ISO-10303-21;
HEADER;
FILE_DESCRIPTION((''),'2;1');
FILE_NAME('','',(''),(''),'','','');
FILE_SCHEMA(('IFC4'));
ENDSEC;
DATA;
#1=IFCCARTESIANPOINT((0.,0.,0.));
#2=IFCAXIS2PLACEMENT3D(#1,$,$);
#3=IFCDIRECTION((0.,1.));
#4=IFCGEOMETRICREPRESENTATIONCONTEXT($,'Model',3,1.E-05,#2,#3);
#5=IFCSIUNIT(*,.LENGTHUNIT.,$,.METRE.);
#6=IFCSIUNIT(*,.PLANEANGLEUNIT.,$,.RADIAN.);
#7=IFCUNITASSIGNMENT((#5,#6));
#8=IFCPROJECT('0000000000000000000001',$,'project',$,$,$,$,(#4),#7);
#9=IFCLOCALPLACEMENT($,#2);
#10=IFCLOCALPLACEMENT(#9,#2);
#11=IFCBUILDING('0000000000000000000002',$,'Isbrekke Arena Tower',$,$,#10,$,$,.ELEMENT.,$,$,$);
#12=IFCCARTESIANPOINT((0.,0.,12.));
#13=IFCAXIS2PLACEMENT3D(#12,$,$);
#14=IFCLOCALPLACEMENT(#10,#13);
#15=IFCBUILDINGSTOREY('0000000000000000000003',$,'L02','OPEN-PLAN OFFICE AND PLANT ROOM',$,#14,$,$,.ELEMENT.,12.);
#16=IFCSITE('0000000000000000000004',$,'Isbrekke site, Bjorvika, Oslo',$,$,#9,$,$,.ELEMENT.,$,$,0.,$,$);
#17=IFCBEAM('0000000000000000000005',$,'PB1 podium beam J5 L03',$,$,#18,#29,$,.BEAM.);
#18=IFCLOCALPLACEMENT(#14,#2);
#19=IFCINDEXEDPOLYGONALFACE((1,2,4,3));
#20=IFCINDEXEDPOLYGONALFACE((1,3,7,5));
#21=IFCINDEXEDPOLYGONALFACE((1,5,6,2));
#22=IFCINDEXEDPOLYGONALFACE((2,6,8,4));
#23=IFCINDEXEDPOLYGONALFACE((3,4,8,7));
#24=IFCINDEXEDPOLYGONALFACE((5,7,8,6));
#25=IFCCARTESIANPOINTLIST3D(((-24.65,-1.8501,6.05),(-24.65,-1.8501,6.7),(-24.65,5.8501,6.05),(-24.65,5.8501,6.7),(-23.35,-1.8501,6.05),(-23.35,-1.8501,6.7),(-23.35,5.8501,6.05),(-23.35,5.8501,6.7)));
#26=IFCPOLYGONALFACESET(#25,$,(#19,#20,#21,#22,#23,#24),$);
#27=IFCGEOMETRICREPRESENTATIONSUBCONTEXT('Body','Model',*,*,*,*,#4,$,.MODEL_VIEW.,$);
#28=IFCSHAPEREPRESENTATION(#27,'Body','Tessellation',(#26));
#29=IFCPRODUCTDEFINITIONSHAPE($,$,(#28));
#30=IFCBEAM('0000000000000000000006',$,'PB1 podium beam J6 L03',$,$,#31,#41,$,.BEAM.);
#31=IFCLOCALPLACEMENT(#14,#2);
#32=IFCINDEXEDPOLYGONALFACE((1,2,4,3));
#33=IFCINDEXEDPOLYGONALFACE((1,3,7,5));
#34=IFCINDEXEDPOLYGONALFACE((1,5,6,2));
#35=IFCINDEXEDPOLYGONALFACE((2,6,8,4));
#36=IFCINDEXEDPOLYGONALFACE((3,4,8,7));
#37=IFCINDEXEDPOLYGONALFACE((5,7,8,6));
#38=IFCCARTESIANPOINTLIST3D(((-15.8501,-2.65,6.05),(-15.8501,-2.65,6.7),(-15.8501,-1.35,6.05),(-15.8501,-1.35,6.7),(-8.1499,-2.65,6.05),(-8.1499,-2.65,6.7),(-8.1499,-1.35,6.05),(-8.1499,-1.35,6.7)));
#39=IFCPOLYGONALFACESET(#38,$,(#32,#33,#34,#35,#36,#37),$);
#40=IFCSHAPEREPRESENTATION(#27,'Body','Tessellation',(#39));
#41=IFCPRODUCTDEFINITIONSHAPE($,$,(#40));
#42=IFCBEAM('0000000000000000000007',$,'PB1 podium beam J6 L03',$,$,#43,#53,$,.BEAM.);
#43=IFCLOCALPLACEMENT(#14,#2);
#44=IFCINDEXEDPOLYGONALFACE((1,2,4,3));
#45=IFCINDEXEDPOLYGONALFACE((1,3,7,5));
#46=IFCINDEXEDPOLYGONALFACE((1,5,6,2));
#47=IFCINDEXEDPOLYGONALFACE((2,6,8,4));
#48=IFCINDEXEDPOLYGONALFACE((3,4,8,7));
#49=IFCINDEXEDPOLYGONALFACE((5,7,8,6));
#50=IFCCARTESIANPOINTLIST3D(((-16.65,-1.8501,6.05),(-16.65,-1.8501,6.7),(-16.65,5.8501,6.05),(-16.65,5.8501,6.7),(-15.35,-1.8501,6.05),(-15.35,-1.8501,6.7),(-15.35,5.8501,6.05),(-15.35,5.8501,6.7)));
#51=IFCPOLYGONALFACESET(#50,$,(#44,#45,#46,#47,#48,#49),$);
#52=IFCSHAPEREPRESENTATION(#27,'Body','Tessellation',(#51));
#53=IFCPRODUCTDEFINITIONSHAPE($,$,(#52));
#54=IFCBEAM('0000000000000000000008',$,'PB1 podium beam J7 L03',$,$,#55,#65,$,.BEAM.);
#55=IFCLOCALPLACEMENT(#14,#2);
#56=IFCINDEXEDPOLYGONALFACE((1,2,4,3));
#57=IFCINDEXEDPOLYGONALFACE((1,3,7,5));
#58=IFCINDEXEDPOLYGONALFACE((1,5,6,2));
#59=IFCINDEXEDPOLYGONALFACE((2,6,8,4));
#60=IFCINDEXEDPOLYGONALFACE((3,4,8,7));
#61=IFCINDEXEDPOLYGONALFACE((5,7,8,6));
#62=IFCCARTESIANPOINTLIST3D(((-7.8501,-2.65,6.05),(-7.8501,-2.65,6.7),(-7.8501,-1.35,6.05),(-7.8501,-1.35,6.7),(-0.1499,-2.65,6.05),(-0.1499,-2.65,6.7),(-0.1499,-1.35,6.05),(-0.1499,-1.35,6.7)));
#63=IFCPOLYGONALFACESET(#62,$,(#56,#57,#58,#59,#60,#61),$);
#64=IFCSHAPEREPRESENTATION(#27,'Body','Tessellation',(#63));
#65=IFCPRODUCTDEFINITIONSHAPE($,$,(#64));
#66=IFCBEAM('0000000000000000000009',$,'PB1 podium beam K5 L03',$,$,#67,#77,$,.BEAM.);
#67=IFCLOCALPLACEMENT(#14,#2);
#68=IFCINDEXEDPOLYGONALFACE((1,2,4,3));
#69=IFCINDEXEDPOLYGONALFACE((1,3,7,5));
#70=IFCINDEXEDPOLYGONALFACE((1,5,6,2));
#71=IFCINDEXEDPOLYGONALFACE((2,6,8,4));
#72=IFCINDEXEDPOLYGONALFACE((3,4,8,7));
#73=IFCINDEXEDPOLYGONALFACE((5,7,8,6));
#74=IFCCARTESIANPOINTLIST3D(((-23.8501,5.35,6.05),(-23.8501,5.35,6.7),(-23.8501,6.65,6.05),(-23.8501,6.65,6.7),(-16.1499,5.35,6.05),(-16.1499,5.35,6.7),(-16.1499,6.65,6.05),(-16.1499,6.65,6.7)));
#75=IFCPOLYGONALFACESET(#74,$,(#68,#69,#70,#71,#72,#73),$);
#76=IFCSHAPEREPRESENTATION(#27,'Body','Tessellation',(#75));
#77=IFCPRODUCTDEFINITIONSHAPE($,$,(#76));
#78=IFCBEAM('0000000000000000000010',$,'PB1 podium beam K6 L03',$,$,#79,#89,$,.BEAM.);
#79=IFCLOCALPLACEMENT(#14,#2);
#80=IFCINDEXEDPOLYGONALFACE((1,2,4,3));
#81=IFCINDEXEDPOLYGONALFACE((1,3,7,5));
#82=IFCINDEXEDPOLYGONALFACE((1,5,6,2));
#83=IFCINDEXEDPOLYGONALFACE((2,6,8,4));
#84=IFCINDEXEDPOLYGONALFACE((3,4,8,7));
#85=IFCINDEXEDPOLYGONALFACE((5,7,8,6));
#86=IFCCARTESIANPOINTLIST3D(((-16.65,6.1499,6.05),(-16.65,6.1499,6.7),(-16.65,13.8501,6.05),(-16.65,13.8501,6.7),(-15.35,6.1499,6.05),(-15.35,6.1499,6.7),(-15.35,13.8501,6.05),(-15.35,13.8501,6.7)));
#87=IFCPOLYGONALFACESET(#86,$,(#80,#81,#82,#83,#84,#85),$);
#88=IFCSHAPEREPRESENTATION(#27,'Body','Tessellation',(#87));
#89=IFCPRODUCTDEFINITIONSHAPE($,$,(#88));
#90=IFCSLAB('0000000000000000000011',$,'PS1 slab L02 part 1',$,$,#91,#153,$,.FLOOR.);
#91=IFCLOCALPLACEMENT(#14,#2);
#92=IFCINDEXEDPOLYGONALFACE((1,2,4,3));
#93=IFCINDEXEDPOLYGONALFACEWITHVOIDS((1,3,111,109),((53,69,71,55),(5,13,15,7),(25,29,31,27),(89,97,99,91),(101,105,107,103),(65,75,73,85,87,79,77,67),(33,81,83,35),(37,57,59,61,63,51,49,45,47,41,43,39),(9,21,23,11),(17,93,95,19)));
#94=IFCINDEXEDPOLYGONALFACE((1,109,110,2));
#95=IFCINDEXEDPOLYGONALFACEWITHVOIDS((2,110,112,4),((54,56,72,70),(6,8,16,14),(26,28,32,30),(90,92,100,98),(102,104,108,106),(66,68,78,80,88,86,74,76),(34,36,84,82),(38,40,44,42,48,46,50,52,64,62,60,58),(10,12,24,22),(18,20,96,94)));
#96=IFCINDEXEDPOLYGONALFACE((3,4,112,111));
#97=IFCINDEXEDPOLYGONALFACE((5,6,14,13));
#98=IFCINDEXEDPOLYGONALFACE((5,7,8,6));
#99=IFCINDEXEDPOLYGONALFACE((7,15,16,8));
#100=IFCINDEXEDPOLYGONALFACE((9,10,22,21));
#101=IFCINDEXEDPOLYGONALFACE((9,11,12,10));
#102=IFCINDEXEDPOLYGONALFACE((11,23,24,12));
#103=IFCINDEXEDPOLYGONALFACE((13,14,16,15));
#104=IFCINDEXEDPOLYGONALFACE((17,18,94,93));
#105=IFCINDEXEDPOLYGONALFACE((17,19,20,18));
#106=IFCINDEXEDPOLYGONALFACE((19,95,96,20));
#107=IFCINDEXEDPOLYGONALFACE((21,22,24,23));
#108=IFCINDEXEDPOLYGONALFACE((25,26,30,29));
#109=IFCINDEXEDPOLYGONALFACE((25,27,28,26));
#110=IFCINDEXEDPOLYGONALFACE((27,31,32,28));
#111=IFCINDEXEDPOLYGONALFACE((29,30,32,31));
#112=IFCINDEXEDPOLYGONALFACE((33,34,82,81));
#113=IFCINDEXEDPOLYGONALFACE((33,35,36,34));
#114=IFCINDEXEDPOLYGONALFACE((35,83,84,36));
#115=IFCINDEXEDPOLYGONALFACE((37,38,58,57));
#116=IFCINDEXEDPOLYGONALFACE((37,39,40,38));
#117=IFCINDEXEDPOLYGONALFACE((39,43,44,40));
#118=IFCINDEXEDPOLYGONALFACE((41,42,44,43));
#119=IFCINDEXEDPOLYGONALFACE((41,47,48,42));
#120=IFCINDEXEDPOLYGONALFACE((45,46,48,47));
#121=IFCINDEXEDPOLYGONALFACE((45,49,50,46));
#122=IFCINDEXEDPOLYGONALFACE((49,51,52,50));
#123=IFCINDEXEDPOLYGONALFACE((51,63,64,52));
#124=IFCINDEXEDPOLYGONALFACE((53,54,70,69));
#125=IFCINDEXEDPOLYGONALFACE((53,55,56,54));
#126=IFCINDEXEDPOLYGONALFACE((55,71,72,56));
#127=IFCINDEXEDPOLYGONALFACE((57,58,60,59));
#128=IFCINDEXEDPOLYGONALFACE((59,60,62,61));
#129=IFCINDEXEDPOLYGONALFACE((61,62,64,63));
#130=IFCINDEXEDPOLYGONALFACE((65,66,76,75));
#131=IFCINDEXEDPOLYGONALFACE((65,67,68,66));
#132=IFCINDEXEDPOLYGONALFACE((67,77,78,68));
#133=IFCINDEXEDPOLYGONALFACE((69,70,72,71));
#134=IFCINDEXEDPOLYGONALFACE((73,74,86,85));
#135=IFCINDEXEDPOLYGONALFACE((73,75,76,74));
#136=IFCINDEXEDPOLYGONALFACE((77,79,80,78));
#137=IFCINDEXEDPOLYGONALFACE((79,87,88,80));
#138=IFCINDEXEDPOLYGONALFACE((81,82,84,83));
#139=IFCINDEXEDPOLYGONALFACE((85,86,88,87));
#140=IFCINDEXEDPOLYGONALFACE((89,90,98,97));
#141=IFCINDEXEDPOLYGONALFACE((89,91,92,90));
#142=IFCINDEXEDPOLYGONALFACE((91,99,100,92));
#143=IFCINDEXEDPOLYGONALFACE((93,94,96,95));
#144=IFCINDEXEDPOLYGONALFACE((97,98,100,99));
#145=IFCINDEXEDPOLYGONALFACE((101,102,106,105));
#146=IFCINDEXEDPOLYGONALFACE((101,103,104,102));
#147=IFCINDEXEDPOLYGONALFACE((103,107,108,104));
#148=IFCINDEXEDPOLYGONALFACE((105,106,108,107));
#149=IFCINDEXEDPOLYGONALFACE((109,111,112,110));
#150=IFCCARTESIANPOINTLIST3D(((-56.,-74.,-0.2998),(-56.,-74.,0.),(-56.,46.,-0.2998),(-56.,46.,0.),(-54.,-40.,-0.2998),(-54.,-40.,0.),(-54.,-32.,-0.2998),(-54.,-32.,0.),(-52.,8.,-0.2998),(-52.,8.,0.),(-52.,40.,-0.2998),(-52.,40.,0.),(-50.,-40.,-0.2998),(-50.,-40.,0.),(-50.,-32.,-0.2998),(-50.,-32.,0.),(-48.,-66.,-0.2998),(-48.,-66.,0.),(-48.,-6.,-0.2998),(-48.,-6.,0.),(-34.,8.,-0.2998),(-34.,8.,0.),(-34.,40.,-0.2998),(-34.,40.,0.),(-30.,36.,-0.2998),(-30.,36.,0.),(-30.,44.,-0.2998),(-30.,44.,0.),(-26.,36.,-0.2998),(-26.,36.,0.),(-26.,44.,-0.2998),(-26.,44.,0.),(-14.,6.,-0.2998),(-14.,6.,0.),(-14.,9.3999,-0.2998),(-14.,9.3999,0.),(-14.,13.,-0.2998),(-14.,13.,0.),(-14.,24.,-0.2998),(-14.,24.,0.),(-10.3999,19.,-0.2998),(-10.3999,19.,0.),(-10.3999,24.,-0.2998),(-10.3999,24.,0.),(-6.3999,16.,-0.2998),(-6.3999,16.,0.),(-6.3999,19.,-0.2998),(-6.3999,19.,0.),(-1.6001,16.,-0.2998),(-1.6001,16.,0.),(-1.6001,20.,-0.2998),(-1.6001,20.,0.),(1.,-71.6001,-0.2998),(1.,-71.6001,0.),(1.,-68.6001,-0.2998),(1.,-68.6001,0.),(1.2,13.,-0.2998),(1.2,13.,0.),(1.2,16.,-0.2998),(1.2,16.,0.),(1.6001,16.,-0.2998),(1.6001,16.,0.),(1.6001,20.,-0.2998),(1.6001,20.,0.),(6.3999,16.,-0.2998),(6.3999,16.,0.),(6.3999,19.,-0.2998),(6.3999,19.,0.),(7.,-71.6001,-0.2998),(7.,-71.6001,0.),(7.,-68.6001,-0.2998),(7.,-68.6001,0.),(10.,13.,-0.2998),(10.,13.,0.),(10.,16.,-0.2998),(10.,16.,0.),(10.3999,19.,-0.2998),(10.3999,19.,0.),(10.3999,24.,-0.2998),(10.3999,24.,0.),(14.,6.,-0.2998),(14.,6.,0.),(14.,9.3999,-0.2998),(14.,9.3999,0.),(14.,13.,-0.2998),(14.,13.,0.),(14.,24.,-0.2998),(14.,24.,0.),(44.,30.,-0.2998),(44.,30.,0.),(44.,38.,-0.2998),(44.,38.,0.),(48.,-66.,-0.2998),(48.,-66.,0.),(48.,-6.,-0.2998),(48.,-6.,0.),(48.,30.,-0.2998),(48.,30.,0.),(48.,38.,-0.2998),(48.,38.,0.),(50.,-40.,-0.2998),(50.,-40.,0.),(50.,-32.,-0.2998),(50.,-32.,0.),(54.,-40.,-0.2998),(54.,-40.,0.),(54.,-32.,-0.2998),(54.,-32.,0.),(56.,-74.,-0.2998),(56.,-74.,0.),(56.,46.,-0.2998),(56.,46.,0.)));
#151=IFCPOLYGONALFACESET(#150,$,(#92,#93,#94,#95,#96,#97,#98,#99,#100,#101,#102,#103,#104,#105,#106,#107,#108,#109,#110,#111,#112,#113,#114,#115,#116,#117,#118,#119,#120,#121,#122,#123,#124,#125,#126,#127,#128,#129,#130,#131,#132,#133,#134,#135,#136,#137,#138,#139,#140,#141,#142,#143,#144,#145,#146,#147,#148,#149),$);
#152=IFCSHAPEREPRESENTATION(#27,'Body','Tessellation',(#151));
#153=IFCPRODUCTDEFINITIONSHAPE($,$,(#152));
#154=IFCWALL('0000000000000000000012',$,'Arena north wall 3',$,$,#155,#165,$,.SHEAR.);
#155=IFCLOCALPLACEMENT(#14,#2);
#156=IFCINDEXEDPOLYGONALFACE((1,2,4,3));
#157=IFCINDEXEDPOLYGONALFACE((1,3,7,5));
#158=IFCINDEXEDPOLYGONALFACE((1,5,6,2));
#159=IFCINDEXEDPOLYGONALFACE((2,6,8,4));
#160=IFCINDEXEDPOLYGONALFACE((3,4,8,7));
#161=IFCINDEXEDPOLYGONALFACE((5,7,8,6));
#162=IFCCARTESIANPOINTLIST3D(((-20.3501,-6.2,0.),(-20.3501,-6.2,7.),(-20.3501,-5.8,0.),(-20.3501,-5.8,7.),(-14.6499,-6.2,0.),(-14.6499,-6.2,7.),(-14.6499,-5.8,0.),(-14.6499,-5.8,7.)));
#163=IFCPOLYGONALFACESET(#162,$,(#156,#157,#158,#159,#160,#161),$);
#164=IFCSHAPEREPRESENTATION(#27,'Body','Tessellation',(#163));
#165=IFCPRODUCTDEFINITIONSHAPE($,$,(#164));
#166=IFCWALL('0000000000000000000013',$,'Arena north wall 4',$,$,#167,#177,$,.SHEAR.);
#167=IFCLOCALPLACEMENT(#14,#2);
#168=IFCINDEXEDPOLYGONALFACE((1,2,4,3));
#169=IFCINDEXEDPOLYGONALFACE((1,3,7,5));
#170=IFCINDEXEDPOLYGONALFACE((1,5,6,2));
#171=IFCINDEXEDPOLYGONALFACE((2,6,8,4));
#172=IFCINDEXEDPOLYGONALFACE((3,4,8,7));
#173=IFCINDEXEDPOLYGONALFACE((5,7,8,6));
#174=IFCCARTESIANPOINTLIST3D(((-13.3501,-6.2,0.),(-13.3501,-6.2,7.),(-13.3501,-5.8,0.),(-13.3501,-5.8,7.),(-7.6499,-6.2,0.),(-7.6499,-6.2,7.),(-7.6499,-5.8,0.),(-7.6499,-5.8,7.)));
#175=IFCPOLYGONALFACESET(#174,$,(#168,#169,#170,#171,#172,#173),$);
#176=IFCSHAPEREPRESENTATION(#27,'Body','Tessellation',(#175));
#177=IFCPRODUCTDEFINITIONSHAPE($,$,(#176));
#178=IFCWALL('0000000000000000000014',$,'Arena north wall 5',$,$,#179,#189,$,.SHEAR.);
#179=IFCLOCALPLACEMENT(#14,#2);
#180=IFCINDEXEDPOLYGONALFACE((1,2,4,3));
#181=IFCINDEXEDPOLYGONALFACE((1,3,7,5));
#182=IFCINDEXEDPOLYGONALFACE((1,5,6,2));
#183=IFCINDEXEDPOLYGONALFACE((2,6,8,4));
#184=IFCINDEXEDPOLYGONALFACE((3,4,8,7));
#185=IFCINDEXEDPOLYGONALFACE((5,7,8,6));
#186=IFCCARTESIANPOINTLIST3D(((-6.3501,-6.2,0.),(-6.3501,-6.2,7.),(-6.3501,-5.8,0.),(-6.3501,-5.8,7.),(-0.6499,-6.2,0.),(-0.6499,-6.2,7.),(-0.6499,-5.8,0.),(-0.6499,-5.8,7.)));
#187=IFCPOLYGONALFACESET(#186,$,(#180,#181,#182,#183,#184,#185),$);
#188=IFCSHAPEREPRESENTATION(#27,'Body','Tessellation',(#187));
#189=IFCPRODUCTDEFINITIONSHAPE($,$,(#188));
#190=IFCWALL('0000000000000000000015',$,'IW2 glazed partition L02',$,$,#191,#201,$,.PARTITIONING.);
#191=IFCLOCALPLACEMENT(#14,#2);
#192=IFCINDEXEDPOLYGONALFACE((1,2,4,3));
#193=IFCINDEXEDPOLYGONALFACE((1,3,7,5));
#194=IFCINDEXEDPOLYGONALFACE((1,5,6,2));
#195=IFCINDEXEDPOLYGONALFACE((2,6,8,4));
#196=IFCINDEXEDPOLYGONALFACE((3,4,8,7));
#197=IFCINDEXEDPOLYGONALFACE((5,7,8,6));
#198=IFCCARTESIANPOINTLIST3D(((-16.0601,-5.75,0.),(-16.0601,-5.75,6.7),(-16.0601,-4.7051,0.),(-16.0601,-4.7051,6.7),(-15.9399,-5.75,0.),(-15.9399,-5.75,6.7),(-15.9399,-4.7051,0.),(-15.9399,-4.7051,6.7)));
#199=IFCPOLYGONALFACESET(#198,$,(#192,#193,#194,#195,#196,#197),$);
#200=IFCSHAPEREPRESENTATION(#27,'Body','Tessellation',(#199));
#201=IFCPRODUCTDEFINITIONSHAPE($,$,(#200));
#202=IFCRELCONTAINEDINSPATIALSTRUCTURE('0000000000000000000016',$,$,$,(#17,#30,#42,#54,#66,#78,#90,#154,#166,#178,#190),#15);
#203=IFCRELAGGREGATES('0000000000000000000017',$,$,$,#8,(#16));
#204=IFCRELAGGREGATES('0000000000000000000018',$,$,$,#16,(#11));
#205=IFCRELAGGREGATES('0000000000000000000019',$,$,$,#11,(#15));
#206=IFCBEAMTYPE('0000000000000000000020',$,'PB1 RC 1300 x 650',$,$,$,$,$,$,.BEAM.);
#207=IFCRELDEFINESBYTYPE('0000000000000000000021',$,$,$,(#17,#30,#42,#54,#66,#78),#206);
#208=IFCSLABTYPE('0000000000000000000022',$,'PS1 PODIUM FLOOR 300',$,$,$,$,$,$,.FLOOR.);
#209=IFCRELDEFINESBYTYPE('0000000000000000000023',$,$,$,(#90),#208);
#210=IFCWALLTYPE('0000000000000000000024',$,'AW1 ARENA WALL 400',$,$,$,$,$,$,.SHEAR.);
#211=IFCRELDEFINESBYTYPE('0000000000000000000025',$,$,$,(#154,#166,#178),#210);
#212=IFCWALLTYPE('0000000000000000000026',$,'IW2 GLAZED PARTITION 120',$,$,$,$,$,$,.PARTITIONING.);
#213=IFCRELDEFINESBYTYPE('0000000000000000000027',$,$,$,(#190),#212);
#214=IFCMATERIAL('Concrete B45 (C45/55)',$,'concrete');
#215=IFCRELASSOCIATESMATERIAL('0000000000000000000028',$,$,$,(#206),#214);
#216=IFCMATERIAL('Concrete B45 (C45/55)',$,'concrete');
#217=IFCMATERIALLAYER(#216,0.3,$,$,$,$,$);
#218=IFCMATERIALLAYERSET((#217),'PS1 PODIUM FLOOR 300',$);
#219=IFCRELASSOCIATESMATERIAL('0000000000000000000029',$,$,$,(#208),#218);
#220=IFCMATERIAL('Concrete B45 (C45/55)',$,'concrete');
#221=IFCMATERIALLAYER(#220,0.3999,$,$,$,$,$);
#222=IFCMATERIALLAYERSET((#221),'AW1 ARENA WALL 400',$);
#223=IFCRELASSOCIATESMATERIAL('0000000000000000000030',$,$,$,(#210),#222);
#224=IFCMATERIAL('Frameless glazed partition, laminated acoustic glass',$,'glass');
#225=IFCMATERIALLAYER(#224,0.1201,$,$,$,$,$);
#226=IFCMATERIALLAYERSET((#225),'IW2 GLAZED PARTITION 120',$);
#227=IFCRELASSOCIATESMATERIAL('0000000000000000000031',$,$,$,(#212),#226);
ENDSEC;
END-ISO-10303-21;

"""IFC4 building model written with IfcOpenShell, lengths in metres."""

from ifc_helpers import new_model, si_unit, direction, frame, frame_2d, origin, origin_2d, place, context, subcontext, project, spatial, polyline, rectangle, outline, extrude, material, layer, layer_set, material_profile, profile_set, type_object, element, save


model = new_model("IFC4")

# Units and contexts
model_context = context("Model", 3, precision=1e-05, world=origin(), true_north=direction((0.0, 1.0)))
body_context = subcontext(model_context, "Body", "Model", "MODEL_VIEW")
ifc_project = project(units=[si_unit("LENGTHUNIT", "METRE"), si_unit("PLANEANGLEUNIT", "RADIAN")], contexts=[model_context])

# Site, building, storey
site_placement = place(None, origin())
site = spatial("IfcSite", under=ifc_project, at=site_placement, Name="Isbrekke site, Bjorvika, Oslo", CompositionType="ELEMENT", RefElevation=0.0)
building_placement = place(site_placement, origin())
building = spatial("IfcBuilding", under=site, at=building_placement, Name="Isbrekke Arena Tower", CompositionType="ELEMENT")
storey_placement = place(building_placement, frame((0.0, 0.0, 12.0)))
storey = spatial("IfcBuildingStorey", under=building, at=storey_placement, Name="L02", Description="OPEN-PLAN OFFICE AND PLANT ROOM", CompositionType="ELEMENT", Elevation=12.0)

# Beams
ifc_material_1 = material(Name="Concrete B45 (C45/55)", Category="concrete")
ifc_material_profile_1 = material_profile(ifc_material_1, rectangle(XDim=1.3, YDim=0.6499, at=origin_2d()), Name="RC 1300x650")
ifc_profile_set_1 = profile_set([ifc_material_profile_1], Name="Concrete B45 (C45/55)")
beam_type = type_object("IfcBeamType", Name="PB1 RC 1300 x 650", PredefinedType="BEAM", material=ifc_profile_set_1)
for number, where, z_axis, x_axis, name in (
    (1, (-24.0, -1.8501, 6.375), (0.0, 1.0, 0.0), (-1.0, 0.0, 0.0), "PB1 podium beam J5 L03"),
    (2, (-15.8501, -2.0, 6.375), (1.0, 0.0, 0.0), (0.0, 1.0, 0.0), "PB1 podium beam J6 L03"),
    (3, (-16.0, -1.8501, 6.375), (0.0, 1.0, 0.0), (-1.0, 0.0, 0.0), "PB1 podium beam J6 L03"),
    (4, (-7.8501, -2.0, 6.375), (1.0, 0.0, 0.0), (0.0, 1.0, 0.0), "PB1 podium beam J7 L03"),
    (5, (-23.8501, 6.0, 6.375), (1.0, 0.0, 0.0), (0.0, 1.0, 0.0), "PB1 podium beam K5 L03"),
    (6, (-16.0, 6.1499, 6.375), (0.0, 1.0, 0.0), (-1.0, 0.0, 0.0), "PB1 podium beam K6 L03"),
):
    element("IfcBeam", number, at=place(storey_placement, frame(where, z_axis=z_axis, x_axis=x_axis)), inside=storey, type_object=beam_type, Name=name, PredefinedType="BEAM", context=body_context, shape_type="SweptSolid", body=[
        extrude(rectangle(XDim=1.3, YDim=0.6499, at=origin_2d()), origin(), (0.0, 0.0, 1.0), 7.7002),
    ])

# Slab
ifc_material_2 = material(Name="Concrete B45 (C45/55)", Category="concrete")
ifc_layer_1 = layer(ifc_material_2, 0.3)
ifc_layer_set_1 = layer_set([ifc_layer_1], Name="PS1 PODIUM FLOOR 300")
slab_type = type_object("IfcSlabType", Name="PS1 PODIUM FLOOR 300", PredefinedType="FLOOR", material=ifc_layer_set_1)
slab_placement = place(storey_placement, frame((0.0, 0.0, -0.2998)))
element("IfcSlab", 7, at=slab_placement, inside=storey, type_object=slab_type, Name="PS1 slab L02 part 1", PredefinedType="FLOOR", context=body_context, shape_type="SweptSolid", body=[
    extrude(outline(polyline([(-56.0, -74.0), (56.0, -74.0), (56.0, 46.0), (-56.0, 46.0), (-56.0, -74.0)]), holes=[polyline([(7.0, -71.6001), (1.0, -71.6001), (1.0, -68.6001), (7.0, -68.6001), (7.0, -71.6001)]), polyline([(48.0, -66.0), (-48.0, -66.0), (-48.0, -6.0), (48.0, -6.0), (48.0, -66.0)]), polyline([(-50.0, -40.0), (-54.0, -40.0), (-54.0, -32.0), (-50.0, -32.0), (-50.0, -40.0)]), polyline([(50.0, -40.0), (50.0, -32.0), (54.0, -32.0), (54.0, -40.0), (50.0, -40.0)]), polyline([(14.0, 9.3999), (14.0, 6.0), (-14.0, 6.0), (-14.0, 9.3999), (14.0, 9.3999)]), polyline([(-34.0, 8.0), (-52.0, 8.0), (-52.0, 40.0), (-34.0, 40.0), (-34.0, 8.0)]), polyline([(-1.6001, 20.0), (1.6001, 20.0), (1.6001, 16.0), (1.2, 16.0), (1.2, 13.0), (-14.0, 13.0), (-14.0, 24.0), (-10.3999, 24.0), (-10.3999, 19.0), (-6.3999, 19.0), (-6.3999, 16.0), (-1.6001, 16.0), (-1.6001, 20.0)]), polyline([(6.3999, 19.0), (10.3999, 19.0), (10.3999, 24.0), (14.0, 24.0), (14.0, 13.0), (10.0, 13.0), (10.0, 16.0), (6.3999, 16.0), (6.3999, 19.0)]), polyline([(44.0, 30.0), (44.0, 38.0), (48.0, 38.0), (48.0, 30.0), (44.0, 30.0)]), polyline([(-30.0, 36.0), (-30.0, 44.0), (-26.0, 44.0), (-26.0, 36.0), (-30.0, 36.0)])]), origin(), (0.0, 0.0, 1.0), 0.2998),
])

# Walls
ifc_material_3 = material(Name="Concrete B45 (C45/55)", Category="concrete")
ifc_layer_2 = layer(ifc_material_3, 0.3999)
ifc_layer_set_2 = layer_set([ifc_layer_2], Name="AW1 ARENA WALL 400")
wall_type_1 = type_object("IfcWallType", Name="AW1 ARENA WALL 400", PredefinedType="SHEAR", material=ifc_layer_set_2)
for number, where, z_axis, x_axis, name in (
    (8, (-20.3501, -6.0, 0.0), (0.0, 0.0, 1.0), (1.0, 0.0, 0.0), "Arena north wall 3"),
    (9, (-13.3501, -6.0, 0.0), (0.0, 0.0, 1.0), (1.0, 0.0, 0.0), "Arena north wall 4"),
    (10, (-6.3501, -6.0, 0.0), (0.0, 0.0, 1.0), (1.0, 0.0, 0.0), "Arena north wall 5"),
):
    element("IfcWall", number, at=place(storey_placement, frame(where, z_axis=z_axis, x_axis=x_axis)), inside=storey, type_object=wall_type_1, Name=name, PredefinedType="SHEAR", context=body_context, shape_type="SweptSolid", body=[
        extrude(rectangle(XDim=5.7002, YDim=0.3999, at=frame_2d((2.8501, 0.0))), origin(), (0.0, 0.0, 1.0), 7.0),
    ])
ifc_material_4 = material(Name="Frameless glazed partition, laminated acoustic glass", Category="glass")
ifc_layer_3 = layer(ifc_material_4, 0.1201)
ifc_layer_set_3 = layer_set([ifc_layer_3], Name="IW2 GLAZED PARTITION 120")
wall_type_2 = type_object("IfcWallType", Name="IW2 GLAZED PARTITION 120", PredefinedType="PARTITIONING", material=ifc_layer_set_3)
for number, where, z_axis, x_axis, name in (
    (11, (-16.0, -5.75, 0.0), (0.0, 0.0, 1.0), (0.0, 1.0, 0.0), "IW2 glazed partition L02"),
):
    element("IfcWall", number, at=place(storey_placement, frame(where, z_axis=z_axis, x_axis=x_axis)), inside=storey, type_object=wall_type_2, Name=name, PredefinedType="PARTITIONING", context=body_context, shape_type="SweptSolid", body=[
        extrude(rectangle(XDim=1.0449, YDim=0.1201, at=frame_2d((0.5225, 0.0))), origin(), (0.0, 0.0, 1.0), 6.7),
    ])

save(model, "model.ifc")
